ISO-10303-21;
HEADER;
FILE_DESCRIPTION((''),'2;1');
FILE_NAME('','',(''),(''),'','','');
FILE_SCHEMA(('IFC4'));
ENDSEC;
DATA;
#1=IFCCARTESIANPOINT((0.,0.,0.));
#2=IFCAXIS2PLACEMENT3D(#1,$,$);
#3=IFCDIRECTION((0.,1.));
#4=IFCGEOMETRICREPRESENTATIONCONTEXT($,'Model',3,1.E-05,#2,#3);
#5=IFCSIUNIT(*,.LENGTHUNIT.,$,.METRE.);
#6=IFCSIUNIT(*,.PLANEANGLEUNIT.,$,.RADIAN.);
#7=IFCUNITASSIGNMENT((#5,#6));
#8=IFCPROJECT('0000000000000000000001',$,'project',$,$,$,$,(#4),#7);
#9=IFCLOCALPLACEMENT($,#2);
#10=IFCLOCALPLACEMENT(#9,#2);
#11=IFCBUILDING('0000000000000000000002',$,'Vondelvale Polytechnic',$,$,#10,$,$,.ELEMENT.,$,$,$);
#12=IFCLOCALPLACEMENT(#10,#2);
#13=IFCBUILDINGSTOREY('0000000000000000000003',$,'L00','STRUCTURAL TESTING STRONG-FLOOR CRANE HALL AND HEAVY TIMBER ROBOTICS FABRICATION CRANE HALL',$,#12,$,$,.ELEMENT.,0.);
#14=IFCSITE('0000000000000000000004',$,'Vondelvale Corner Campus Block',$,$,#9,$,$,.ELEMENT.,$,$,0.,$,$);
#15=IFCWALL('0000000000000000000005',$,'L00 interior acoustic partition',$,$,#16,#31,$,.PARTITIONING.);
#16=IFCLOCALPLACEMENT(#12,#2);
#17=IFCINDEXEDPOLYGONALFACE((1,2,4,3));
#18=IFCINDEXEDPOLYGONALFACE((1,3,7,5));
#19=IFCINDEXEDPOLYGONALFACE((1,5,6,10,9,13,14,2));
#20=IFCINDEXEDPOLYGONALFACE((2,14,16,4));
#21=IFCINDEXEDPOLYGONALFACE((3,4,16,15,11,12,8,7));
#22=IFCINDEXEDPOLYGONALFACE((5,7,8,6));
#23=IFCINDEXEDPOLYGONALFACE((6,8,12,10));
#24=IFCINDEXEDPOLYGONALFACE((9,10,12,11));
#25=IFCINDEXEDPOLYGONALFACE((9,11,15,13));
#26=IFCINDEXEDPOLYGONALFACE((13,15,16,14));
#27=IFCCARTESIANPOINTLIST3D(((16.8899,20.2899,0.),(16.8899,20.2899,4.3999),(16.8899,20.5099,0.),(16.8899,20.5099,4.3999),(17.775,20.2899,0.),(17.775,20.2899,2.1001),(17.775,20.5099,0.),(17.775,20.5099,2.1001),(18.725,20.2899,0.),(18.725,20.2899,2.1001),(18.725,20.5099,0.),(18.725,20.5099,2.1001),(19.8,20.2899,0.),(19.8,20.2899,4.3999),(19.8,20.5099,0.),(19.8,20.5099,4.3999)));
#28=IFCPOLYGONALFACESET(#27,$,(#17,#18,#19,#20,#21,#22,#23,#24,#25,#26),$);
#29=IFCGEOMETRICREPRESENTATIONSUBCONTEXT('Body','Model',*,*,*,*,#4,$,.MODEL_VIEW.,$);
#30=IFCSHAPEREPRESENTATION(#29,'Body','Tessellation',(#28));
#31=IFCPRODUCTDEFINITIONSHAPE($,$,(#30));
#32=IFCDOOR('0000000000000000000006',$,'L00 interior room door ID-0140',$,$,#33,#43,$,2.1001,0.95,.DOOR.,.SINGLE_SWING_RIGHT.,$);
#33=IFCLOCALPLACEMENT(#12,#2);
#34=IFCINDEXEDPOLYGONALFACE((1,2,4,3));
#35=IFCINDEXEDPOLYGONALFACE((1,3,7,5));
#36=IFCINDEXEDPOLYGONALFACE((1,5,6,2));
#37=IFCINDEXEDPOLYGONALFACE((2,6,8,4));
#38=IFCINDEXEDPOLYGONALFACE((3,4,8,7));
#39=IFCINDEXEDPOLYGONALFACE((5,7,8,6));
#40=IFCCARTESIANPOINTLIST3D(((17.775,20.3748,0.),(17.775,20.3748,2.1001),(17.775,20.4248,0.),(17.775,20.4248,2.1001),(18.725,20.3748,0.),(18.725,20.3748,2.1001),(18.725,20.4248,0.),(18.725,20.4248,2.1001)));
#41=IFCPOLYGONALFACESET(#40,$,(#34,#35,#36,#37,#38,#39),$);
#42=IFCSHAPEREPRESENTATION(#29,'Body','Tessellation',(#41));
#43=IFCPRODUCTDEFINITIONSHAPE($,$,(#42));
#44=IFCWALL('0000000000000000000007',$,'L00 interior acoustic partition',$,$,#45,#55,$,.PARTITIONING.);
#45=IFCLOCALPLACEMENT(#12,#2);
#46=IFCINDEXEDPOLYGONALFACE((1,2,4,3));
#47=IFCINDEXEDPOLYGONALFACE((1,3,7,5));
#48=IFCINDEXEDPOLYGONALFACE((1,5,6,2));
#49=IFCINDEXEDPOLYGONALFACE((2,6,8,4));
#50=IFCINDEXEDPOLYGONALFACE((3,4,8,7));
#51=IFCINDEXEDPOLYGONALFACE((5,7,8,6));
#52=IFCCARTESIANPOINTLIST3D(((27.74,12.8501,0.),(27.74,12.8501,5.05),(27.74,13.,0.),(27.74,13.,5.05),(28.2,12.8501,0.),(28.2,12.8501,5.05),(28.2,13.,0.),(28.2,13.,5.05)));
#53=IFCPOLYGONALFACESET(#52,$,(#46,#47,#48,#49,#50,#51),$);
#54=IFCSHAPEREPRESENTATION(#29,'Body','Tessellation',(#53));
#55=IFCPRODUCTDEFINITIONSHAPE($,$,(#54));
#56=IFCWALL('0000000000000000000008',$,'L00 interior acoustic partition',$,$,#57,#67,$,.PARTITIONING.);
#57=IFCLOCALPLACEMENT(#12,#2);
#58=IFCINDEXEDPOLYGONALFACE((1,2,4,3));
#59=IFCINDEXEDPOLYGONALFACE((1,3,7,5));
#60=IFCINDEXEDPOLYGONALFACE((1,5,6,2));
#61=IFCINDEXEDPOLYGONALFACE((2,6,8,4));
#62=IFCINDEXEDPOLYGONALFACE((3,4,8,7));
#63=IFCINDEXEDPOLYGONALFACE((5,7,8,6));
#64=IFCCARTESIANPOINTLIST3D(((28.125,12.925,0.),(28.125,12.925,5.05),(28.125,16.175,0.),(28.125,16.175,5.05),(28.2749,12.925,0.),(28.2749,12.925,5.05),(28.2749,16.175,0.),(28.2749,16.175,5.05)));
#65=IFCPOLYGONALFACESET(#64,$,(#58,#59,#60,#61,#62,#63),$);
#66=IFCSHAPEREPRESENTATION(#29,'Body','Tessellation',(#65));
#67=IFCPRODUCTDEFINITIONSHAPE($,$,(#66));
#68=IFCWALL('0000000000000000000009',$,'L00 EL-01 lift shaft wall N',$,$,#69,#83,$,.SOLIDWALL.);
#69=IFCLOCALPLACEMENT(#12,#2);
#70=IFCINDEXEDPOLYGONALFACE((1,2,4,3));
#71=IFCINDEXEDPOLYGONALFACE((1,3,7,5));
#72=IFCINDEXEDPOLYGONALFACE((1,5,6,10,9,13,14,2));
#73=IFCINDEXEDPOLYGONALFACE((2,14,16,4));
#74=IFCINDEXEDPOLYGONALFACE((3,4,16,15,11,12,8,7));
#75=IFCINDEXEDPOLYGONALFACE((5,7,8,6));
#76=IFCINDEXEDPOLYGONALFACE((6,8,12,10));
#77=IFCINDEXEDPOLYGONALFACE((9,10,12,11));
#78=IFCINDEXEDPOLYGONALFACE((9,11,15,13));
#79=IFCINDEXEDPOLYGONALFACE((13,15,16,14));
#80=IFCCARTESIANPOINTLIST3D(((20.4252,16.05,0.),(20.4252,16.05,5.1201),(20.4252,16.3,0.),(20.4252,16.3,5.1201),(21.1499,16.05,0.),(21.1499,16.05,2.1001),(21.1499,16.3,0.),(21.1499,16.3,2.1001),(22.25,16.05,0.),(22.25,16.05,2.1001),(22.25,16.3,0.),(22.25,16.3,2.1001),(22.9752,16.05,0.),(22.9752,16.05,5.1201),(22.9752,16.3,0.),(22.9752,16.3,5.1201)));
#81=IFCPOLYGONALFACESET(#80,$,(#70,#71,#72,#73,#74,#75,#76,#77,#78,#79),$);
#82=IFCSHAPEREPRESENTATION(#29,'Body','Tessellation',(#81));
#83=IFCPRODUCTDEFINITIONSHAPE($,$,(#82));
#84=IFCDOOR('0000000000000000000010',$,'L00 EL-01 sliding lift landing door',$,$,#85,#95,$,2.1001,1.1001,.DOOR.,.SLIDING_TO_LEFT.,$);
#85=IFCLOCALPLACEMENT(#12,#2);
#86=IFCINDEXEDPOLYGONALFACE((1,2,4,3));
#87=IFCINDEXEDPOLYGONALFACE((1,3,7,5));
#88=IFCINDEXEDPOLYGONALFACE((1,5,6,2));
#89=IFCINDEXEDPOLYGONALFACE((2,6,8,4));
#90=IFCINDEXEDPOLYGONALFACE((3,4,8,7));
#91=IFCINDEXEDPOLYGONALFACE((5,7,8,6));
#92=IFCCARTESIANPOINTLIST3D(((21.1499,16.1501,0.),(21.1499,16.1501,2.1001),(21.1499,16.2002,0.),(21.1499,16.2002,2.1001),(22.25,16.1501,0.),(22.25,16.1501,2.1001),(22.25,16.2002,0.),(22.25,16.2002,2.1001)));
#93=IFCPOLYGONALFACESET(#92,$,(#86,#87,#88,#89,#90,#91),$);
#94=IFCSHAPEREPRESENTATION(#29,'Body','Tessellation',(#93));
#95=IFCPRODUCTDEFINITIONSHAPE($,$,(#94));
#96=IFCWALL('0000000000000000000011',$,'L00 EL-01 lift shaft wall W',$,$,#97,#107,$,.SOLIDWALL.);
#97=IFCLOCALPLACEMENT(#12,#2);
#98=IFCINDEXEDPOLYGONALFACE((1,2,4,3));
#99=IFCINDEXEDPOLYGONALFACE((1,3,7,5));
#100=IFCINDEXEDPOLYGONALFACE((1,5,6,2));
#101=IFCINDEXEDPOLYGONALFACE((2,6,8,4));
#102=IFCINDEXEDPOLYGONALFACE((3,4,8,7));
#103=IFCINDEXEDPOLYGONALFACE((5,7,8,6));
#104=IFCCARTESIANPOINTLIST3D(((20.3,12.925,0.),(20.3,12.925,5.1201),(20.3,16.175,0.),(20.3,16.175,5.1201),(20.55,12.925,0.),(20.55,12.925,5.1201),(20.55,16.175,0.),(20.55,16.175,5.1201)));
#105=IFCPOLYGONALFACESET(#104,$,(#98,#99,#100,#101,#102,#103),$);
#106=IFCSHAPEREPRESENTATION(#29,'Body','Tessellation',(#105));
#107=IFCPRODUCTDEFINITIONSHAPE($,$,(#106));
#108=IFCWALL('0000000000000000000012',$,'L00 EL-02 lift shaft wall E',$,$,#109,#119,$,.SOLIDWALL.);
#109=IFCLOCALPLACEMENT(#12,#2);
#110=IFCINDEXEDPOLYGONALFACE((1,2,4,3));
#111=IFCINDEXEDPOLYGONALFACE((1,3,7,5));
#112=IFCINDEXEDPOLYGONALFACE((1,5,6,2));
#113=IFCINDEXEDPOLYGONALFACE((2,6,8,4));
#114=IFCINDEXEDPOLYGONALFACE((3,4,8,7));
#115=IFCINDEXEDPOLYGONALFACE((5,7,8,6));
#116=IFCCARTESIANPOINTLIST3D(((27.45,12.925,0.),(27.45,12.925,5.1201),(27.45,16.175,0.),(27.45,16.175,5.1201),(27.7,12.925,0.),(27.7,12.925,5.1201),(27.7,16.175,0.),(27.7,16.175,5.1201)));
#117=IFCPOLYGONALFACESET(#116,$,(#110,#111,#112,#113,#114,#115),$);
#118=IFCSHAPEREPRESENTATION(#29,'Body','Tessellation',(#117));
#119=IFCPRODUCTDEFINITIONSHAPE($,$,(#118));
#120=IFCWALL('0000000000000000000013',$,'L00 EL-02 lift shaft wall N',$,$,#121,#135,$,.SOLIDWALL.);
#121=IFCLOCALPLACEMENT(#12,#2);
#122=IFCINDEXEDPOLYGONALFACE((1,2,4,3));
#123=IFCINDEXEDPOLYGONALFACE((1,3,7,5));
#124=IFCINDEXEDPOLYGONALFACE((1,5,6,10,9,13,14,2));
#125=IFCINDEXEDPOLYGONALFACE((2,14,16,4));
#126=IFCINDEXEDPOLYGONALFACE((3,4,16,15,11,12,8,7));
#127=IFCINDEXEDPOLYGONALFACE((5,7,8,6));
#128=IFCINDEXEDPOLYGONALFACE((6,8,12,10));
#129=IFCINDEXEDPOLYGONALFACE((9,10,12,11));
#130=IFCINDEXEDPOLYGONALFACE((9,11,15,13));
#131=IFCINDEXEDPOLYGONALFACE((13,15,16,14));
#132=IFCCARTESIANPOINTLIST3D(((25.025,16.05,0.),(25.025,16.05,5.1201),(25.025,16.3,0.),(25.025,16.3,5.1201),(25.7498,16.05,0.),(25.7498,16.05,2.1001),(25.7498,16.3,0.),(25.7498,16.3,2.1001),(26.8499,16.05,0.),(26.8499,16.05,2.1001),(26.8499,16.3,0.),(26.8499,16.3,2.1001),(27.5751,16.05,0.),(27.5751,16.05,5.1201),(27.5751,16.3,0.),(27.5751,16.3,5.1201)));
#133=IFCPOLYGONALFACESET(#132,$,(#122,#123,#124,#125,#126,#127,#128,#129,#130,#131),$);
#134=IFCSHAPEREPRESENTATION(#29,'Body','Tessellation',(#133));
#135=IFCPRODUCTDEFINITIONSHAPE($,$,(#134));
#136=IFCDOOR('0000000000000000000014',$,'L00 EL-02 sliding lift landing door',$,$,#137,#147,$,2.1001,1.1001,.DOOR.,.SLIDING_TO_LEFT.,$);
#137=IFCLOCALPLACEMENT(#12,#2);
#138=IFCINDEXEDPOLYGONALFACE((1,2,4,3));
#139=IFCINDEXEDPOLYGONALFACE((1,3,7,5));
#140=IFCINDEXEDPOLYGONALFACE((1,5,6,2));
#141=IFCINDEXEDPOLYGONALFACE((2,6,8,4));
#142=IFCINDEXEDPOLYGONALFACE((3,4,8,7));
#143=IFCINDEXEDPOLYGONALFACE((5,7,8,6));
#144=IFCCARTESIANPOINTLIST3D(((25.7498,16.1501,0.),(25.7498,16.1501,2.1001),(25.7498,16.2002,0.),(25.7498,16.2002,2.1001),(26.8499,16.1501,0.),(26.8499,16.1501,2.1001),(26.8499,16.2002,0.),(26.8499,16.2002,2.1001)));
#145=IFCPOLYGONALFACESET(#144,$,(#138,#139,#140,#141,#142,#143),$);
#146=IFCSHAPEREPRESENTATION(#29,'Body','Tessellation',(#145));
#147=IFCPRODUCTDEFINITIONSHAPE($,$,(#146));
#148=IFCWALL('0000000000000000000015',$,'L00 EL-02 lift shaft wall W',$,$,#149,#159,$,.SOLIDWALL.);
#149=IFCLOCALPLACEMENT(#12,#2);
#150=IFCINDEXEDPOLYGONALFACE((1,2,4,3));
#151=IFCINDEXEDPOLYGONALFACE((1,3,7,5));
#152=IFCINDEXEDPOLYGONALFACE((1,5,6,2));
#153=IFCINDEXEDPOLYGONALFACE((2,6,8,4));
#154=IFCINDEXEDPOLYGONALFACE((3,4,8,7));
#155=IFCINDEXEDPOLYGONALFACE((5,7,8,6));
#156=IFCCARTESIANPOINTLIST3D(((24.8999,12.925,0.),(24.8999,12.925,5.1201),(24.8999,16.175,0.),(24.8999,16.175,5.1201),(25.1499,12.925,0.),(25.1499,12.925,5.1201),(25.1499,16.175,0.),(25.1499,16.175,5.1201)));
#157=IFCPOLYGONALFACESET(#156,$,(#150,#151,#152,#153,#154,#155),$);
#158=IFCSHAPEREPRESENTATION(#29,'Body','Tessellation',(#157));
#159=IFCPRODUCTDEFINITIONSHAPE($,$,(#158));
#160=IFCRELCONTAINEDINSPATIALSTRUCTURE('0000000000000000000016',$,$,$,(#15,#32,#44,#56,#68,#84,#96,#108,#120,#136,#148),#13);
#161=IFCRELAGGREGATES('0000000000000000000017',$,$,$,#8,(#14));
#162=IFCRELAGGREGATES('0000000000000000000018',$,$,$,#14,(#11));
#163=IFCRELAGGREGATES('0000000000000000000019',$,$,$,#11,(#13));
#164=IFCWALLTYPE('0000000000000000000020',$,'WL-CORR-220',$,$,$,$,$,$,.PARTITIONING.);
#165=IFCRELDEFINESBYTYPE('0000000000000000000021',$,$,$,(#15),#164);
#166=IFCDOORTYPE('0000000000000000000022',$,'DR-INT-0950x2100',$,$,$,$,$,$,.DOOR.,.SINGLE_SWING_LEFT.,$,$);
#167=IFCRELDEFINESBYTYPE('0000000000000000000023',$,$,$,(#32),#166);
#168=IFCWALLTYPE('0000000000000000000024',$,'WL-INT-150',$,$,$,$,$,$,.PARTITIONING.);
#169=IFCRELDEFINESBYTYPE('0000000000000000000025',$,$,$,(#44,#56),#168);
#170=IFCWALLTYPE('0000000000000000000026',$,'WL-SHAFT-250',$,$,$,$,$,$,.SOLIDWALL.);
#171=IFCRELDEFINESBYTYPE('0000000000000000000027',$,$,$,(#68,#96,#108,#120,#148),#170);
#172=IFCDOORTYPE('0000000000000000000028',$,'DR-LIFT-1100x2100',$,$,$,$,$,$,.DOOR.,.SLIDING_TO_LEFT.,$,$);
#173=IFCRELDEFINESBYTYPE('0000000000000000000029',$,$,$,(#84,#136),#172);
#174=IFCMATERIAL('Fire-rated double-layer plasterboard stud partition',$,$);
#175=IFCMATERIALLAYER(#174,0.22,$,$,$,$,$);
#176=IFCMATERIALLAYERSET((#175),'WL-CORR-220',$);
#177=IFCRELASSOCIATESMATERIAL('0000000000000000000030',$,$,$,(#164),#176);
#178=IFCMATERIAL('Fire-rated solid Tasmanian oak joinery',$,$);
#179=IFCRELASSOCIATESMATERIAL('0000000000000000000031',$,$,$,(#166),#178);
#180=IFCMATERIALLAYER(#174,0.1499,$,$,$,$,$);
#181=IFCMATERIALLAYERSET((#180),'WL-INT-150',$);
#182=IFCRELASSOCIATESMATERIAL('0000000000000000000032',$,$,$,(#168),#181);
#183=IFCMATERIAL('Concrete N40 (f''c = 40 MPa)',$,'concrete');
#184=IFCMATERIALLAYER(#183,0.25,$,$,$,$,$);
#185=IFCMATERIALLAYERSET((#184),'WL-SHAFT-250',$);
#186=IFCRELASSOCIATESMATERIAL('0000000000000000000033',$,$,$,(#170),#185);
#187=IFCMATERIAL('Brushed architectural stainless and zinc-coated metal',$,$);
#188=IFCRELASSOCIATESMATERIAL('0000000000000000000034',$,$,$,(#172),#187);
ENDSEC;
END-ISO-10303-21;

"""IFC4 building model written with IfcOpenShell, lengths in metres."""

from ifc_helpers import new_model, si_unit, direction, frame, frame_2d, origin, place, context, subcontext, project, spatial, rectangle, extrude, material, layer, layer_set, type_object, element, fill, save


model = new_model("IFC4")

# Units and contexts
model_context = context("Model", 3, precision=1e-05, world=origin(), true_north=direction((0.0, 1.0)))
body_context = subcontext(model_context, "Body", "Model", "MODEL_VIEW")
ifc_project = project(units=[si_unit("LENGTHUNIT", "METRE"), si_unit("PLANEANGLEUNIT", "RADIAN")], contexts=[model_context])

# Site, building, storey
site_placement = place(None, origin())
site = spatial("IfcSite", under=ifc_project, at=site_placement, Name="Vondelvale Corner Campus Block", CompositionType="ELEMENT", RefElevation=0.0)
building_placement = place(site_placement, origin())
building = spatial("IfcBuilding", under=site, at=building_placement, Name="Vondelvale Polytechnic", CompositionType="ELEMENT")
storey_placement = place(building_placement, origin())
storey = spatial("IfcBuildingStorey", under=building, at=storey_placement, Name="L00", Description="STRUCTURAL TESTING STRONG-FLOOR CRANE HALL AND HEAVY TIMBER ROBOTICS FABRICATION CRANE HALL", CompositionType="ELEMENT", Elevation=0.0)

# Shared definitions
ifc_material_1 = material(Name="Concrete N40 (f'c = 40 MPa)", Category="concrete")

# Shared definitions
ifc_material_2 = material(Name="Brushed architectural stainless and zinc-coated metal")

# Shared definitions
ifc_material_3 = material(Name="Fire-rated double-layer plasterboard stud partition")

# Wall, opening, door
ifc_layer_1 = layer(ifc_material_3, 0.22)
ifc_layer_set_1 = layer_set([ifc_layer_1], Name="WL-CORR-220")
wall_type_1 = type_object("IfcWallType", Name="WL-CORR-220", PredefinedType="PARTITIONING", material=ifc_layer_set_1)
wall_1_placement = place(storey_placement, frame((16.8899, 20.3999, 0.0), z_axis=(0.0, 0.0, 1.0), x_axis=(1.0, 0.0, 0.0)))
wall_1 = element("IfcWall", 1, at=wall_1_placement, inside=storey, type_object=wall_type_1, Name="L00 interior acoustic partition", PredefinedType="PARTITIONING", context=body_context, shape_type="SweptSolid", body=[
    extrude(rectangle(XDim=2.9102, YDim=0.22, at=frame_2d((1.4551, 0.0))), origin(), (0.0, 0.0, 1.0), 4.3999),
])
opening_1_placement = place(wall_1_placement, frame((0.885, 0.0, 0.0)))
opening_1 = element("IfcOpeningElement", 2, at=opening_1_placement, cuts=wall_1, PredefinedType="OPENING", context=body_context, shape_type="SweptSolid", body=[
    extrude(rectangle(XDim=0.95, YDim=2.1001, at=frame_2d((0.4751, 1.05))), frame((0.0, 0.1199, 0.0), z_axis=(0.0, -1.0, 0.0), x_axis=(1.0, 0.0, 0.0)), (0.0, 0.0, 1.0), 0.24),
])
ifc_material_4 = material(Name="Fire-rated solid Tasmanian oak joinery")
door_type_1 = type_object("IfcDoorType", Name="DR-INT-0950x2100", OperationType="SINGLE_SWING_LEFT", PredefinedType="DOOR", material=ifc_material_4)
door_1_placement = place(opening_1_placement, origin())
door_1 = element("IfcDoor", 3, at=door_1_placement, inside=storey, type_object=door_type_1, Name="L00 interior room door ID-0140", OperationType="SINGLE_SWING_RIGHT", OverallHeight=2.1001, OverallWidth=0.95, PredefinedType="DOOR", context=body_context, shape_type="SweptSolid", body=[
    extrude(rectangle(XDim=0.95, YDim=2.1001, at=frame_2d((0.4751, 1.05))), frame((0.0, 0.0249, 0.0), z_axis=(0.0, -1.0, 0.0), x_axis=(1.0, 0.0, 0.0)), (0.0, 0.0, 1.0), 0.05),
])
fill(opening_1, door_1)

# Walls
ifc_layer_2 = layer(ifc_material_3, 0.1499)
ifc_layer_set_2 = layer_set([ifc_layer_2], Name="WL-INT-150")
wall_type_2 = type_object("IfcWallType", Name="WL-INT-150", PredefinedType="PARTITIONING", material=ifc_layer_set_2)
wall_2_placement = place(storey_placement, frame((27.74, 12.925, 0.0), z_axis=(0.0, 0.0, 1.0), x_axis=(1.0, 0.0, 0.0)))
element("IfcWall", 4, at=wall_2_placement, inside=storey, type_object=wall_type_2, Name="L00 interior acoustic partition", PredefinedType="PARTITIONING", context=body_context, shape_type="SweptSolid", body=[
    extrude(rectangle(XDim=0.46, YDim=0.1499, at=frame_2d((0.23, 0.0))), origin(), (0.0, 0.0, 1.0), 5.05),
])
wall_3_placement = place(storey_placement, frame((28.2, 12.925, 0.0), z_axis=(0.0, 0.0, 1.0), x_axis=(0.0, 1.0, 0.0)))
element("IfcWall", 5, at=wall_3_placement, inside=storey, type_object=wall_type_2, Name="L00 interior acoustic partition", PredefinedType="PARTITIONING", context=body_context, shape_type="SweptSolid", body=[
    extrude(rectangle(XDim=3.25, YDim=0.1499, at=frame_2d((1.625, 0.0))), origin(), (0.0, 0.0, 1.0), 5.05),
])

# Wall, opening, door
ifc_layer_3 = layer(ifc_material_1, 0.25)
ifc_layer_set_3 = layer_set([ifc_layer_3], Name="WL-SHAFT-250")
wall_type_3 = type_object("IfcWallType", Name="WL-SHAFT-250", PredefinedType="SOLIDWALL", material=ifc_layer_set_3)
wall_4_placement = place(storey_placement, frame((22.9751, 16.175, 0.0), z_axis=(0.0, 0.0, 1.0), x_axis=(-1.0, 0.0, 0.0)))
wall_4 = element("IfcWall", 6, at=wall_4_placement, inside=storey, type_object=wall_type_3, Name="L00 EL-01 lift shaft wall N", PredefinedType="SOLIDWALL", context=body_context, shape_type="SweptSolid", body=[
    extrude(rectangle(XDim=2.55, YDim=0.25, at=frame_2d((1.2749, 0.0))), origin(), (0.0, 0.0, 1.0), 5.1201),
])
opening_2_placement = place(wall_4_placement, frame((0.7251, 0.0, 0.0)))
opening_2 = element("IfcOpeningElement", 7, at=opening_2_placement, cuts=wall_4, PredefinedType="OPENING", context=body_context, shape_type="SweptSolid", body=[
    extrude(rectangle(XDim=1.1001, YDim=2.1001, at=frame_2d((0.55, 1.05))), frame((0.0, 0.135, 0.0), z_axis=(0.0, -1.0, 0.0), x_axis=(1.0, 0.0, 0.0)), (0.0, 0.0, 1.0), 0.27),
])
door_type_2 = type_object("IfcDoorType", Name="DR-LIFT-1100x2100", OperationType="SLIDING_TO_LEFT", PredefinedType="DOOR", material=ifc_material_2)
door_2_placement = place(opening_2_placement, origin())
door_2 = element("IfcDoor", 8, at=door_2_placement, inside=storey, type_object=door_type_2, Name="L00 EL-01 sliding lift landing door", OperationType="SLIDING_TO_LEFT", OverallHeight=2.1001, OverallWidth=1.1001, PredefinedType="DOOR", context=body_context, shape_type="SweptSolid", body=[
    extrude(rectangle(XDim=1.1001, YDim=2.1001, at=frame_2d((0.55, 1.05))), frame((0.0, 0.0249, 0.0), z_axis=(0.0, -1.0, 0.0), x_axis=(1.0, 0.0, 0.0)), (0.0, 0.0, 1.0), 0.05),
])
fill(opening_2, door_2)

# Walls
for number, where, z_axis, x_axis, name in (
    (9, (20.425, 16.175, 0.0), (0.0, 0.0, 1.0), (0.0, -1.0, 0.0), "L00 EL-01 lift shaft wall W"),
    (10, (27.575, 12.925, 0.0), (0.0, 0.0, 1.0), (0.0, 1.0, 0.0), "L00 EL-02 lift shaft wall E"),
):
    element("IfcWall", number, at=place(storey_placement, frame(where, z_axis=z_axis, x_axis=x_axis)), inside=storey, type_object=wall_type_3, Name=name, PredefinedType="SOLIDWALL", context=body_context, shape_type="SweptSolid", body=[
        extrude(rectangle(XDim=3.25, YDim=0.25, at=frame_2d((1.625, 0.0))), origin(), (0.0, 0.0, 1.0), 5.1201),
    ])

# Wall, opening, door
wall_5_placement = place(storey_placement, frame((27.575, 16.175, 0.0), z_axis=(0.0, 0.0, 1.0), x_axis=(-1.0, 0.0, 0.0)))
wall_5 = element("IfcWall", 11, at=wall_5_placement, inside=storey, type_object=wall_type_3, Name="L00 EL-02 lift shaft wall N", PredefinedType="SOLIDWALL", context=body_context, shape_type="SweptSolid", body=[
    extrude(rectangle(XDim=2.55, YDim=0.25, at=frame_2d((1.2749, 0.0))), origin(), (0.0, 0.0, 1.0), 5.1201),
])
opening_3_placement = place(wall_5_placement, frame((0.7251, 0.0, 0.0)))
opening_3 = element("IfcOpeningElement", 12, at=opening_3_placement, cuts=wall_5, PredefinedType="OPENING", context=body_context, shape_type="SweptSolid", body=[
    extrude(rectangle(XDim=1.1001, YDim=2.1001, at=frame_2d((0.55, 1.05))), frame((0.0, 0.135, 0.0), z_axis=(0.0, -1.0, 0.0), x_axis=(1.0, 0.0, 0.0)), (0.0, 0.0, 1.0), 0.27),
])
door_3_placement = place(opening_3_placement, origin())
door_3 = element("IfcDoor", 13, at=door_3_placement, inside=storey, type_object=door_type_2, Name="L00 EL-02 sliding lift landing door", OperationType="SLIDING_TO_LEFT", OverallHeight=2.1001, OverallWidth=1.1001, PredefinedType="DOOR", context=body_context, shape_type="SweptSolid", body=[
    extrude(rectangle(XDim=1.1001, YDim=2.1001, at=frame_2d((0.55, 1.05))), frame((0.0, 0.0249, 0.0), z_axis=(0.0, -1.0, 0.0), x_axis=(1.0, 0.0, 0.0)), (0.0, 0.0, 1.0), 0.05),
])
fill(opening_3, door_3)

# Wall
wall_6_placement = place(storey_placement, frame((25.0249, 16.175, 0.0), z_axis=(0.0, 0.0, 1.0), x_axis=(0.0, -1.0, 0.0)))
element("IfcWall", 14, at=wall_6_placement, inside=storey, type_object=wall_type_3, Name="L00 EL-02 lift shaft wall W", PredefinedType="SOLIDWALL", context=body_context, shape_type="SweptSolid", body=[
    extrude(rectangle(XDim=3.25, YDim=0.25, at=frame_2d((1.625, 0.0))), origin(), (0.0, 0.0, 1.0), 5.1201),
])

save(model, "model.ifc")
